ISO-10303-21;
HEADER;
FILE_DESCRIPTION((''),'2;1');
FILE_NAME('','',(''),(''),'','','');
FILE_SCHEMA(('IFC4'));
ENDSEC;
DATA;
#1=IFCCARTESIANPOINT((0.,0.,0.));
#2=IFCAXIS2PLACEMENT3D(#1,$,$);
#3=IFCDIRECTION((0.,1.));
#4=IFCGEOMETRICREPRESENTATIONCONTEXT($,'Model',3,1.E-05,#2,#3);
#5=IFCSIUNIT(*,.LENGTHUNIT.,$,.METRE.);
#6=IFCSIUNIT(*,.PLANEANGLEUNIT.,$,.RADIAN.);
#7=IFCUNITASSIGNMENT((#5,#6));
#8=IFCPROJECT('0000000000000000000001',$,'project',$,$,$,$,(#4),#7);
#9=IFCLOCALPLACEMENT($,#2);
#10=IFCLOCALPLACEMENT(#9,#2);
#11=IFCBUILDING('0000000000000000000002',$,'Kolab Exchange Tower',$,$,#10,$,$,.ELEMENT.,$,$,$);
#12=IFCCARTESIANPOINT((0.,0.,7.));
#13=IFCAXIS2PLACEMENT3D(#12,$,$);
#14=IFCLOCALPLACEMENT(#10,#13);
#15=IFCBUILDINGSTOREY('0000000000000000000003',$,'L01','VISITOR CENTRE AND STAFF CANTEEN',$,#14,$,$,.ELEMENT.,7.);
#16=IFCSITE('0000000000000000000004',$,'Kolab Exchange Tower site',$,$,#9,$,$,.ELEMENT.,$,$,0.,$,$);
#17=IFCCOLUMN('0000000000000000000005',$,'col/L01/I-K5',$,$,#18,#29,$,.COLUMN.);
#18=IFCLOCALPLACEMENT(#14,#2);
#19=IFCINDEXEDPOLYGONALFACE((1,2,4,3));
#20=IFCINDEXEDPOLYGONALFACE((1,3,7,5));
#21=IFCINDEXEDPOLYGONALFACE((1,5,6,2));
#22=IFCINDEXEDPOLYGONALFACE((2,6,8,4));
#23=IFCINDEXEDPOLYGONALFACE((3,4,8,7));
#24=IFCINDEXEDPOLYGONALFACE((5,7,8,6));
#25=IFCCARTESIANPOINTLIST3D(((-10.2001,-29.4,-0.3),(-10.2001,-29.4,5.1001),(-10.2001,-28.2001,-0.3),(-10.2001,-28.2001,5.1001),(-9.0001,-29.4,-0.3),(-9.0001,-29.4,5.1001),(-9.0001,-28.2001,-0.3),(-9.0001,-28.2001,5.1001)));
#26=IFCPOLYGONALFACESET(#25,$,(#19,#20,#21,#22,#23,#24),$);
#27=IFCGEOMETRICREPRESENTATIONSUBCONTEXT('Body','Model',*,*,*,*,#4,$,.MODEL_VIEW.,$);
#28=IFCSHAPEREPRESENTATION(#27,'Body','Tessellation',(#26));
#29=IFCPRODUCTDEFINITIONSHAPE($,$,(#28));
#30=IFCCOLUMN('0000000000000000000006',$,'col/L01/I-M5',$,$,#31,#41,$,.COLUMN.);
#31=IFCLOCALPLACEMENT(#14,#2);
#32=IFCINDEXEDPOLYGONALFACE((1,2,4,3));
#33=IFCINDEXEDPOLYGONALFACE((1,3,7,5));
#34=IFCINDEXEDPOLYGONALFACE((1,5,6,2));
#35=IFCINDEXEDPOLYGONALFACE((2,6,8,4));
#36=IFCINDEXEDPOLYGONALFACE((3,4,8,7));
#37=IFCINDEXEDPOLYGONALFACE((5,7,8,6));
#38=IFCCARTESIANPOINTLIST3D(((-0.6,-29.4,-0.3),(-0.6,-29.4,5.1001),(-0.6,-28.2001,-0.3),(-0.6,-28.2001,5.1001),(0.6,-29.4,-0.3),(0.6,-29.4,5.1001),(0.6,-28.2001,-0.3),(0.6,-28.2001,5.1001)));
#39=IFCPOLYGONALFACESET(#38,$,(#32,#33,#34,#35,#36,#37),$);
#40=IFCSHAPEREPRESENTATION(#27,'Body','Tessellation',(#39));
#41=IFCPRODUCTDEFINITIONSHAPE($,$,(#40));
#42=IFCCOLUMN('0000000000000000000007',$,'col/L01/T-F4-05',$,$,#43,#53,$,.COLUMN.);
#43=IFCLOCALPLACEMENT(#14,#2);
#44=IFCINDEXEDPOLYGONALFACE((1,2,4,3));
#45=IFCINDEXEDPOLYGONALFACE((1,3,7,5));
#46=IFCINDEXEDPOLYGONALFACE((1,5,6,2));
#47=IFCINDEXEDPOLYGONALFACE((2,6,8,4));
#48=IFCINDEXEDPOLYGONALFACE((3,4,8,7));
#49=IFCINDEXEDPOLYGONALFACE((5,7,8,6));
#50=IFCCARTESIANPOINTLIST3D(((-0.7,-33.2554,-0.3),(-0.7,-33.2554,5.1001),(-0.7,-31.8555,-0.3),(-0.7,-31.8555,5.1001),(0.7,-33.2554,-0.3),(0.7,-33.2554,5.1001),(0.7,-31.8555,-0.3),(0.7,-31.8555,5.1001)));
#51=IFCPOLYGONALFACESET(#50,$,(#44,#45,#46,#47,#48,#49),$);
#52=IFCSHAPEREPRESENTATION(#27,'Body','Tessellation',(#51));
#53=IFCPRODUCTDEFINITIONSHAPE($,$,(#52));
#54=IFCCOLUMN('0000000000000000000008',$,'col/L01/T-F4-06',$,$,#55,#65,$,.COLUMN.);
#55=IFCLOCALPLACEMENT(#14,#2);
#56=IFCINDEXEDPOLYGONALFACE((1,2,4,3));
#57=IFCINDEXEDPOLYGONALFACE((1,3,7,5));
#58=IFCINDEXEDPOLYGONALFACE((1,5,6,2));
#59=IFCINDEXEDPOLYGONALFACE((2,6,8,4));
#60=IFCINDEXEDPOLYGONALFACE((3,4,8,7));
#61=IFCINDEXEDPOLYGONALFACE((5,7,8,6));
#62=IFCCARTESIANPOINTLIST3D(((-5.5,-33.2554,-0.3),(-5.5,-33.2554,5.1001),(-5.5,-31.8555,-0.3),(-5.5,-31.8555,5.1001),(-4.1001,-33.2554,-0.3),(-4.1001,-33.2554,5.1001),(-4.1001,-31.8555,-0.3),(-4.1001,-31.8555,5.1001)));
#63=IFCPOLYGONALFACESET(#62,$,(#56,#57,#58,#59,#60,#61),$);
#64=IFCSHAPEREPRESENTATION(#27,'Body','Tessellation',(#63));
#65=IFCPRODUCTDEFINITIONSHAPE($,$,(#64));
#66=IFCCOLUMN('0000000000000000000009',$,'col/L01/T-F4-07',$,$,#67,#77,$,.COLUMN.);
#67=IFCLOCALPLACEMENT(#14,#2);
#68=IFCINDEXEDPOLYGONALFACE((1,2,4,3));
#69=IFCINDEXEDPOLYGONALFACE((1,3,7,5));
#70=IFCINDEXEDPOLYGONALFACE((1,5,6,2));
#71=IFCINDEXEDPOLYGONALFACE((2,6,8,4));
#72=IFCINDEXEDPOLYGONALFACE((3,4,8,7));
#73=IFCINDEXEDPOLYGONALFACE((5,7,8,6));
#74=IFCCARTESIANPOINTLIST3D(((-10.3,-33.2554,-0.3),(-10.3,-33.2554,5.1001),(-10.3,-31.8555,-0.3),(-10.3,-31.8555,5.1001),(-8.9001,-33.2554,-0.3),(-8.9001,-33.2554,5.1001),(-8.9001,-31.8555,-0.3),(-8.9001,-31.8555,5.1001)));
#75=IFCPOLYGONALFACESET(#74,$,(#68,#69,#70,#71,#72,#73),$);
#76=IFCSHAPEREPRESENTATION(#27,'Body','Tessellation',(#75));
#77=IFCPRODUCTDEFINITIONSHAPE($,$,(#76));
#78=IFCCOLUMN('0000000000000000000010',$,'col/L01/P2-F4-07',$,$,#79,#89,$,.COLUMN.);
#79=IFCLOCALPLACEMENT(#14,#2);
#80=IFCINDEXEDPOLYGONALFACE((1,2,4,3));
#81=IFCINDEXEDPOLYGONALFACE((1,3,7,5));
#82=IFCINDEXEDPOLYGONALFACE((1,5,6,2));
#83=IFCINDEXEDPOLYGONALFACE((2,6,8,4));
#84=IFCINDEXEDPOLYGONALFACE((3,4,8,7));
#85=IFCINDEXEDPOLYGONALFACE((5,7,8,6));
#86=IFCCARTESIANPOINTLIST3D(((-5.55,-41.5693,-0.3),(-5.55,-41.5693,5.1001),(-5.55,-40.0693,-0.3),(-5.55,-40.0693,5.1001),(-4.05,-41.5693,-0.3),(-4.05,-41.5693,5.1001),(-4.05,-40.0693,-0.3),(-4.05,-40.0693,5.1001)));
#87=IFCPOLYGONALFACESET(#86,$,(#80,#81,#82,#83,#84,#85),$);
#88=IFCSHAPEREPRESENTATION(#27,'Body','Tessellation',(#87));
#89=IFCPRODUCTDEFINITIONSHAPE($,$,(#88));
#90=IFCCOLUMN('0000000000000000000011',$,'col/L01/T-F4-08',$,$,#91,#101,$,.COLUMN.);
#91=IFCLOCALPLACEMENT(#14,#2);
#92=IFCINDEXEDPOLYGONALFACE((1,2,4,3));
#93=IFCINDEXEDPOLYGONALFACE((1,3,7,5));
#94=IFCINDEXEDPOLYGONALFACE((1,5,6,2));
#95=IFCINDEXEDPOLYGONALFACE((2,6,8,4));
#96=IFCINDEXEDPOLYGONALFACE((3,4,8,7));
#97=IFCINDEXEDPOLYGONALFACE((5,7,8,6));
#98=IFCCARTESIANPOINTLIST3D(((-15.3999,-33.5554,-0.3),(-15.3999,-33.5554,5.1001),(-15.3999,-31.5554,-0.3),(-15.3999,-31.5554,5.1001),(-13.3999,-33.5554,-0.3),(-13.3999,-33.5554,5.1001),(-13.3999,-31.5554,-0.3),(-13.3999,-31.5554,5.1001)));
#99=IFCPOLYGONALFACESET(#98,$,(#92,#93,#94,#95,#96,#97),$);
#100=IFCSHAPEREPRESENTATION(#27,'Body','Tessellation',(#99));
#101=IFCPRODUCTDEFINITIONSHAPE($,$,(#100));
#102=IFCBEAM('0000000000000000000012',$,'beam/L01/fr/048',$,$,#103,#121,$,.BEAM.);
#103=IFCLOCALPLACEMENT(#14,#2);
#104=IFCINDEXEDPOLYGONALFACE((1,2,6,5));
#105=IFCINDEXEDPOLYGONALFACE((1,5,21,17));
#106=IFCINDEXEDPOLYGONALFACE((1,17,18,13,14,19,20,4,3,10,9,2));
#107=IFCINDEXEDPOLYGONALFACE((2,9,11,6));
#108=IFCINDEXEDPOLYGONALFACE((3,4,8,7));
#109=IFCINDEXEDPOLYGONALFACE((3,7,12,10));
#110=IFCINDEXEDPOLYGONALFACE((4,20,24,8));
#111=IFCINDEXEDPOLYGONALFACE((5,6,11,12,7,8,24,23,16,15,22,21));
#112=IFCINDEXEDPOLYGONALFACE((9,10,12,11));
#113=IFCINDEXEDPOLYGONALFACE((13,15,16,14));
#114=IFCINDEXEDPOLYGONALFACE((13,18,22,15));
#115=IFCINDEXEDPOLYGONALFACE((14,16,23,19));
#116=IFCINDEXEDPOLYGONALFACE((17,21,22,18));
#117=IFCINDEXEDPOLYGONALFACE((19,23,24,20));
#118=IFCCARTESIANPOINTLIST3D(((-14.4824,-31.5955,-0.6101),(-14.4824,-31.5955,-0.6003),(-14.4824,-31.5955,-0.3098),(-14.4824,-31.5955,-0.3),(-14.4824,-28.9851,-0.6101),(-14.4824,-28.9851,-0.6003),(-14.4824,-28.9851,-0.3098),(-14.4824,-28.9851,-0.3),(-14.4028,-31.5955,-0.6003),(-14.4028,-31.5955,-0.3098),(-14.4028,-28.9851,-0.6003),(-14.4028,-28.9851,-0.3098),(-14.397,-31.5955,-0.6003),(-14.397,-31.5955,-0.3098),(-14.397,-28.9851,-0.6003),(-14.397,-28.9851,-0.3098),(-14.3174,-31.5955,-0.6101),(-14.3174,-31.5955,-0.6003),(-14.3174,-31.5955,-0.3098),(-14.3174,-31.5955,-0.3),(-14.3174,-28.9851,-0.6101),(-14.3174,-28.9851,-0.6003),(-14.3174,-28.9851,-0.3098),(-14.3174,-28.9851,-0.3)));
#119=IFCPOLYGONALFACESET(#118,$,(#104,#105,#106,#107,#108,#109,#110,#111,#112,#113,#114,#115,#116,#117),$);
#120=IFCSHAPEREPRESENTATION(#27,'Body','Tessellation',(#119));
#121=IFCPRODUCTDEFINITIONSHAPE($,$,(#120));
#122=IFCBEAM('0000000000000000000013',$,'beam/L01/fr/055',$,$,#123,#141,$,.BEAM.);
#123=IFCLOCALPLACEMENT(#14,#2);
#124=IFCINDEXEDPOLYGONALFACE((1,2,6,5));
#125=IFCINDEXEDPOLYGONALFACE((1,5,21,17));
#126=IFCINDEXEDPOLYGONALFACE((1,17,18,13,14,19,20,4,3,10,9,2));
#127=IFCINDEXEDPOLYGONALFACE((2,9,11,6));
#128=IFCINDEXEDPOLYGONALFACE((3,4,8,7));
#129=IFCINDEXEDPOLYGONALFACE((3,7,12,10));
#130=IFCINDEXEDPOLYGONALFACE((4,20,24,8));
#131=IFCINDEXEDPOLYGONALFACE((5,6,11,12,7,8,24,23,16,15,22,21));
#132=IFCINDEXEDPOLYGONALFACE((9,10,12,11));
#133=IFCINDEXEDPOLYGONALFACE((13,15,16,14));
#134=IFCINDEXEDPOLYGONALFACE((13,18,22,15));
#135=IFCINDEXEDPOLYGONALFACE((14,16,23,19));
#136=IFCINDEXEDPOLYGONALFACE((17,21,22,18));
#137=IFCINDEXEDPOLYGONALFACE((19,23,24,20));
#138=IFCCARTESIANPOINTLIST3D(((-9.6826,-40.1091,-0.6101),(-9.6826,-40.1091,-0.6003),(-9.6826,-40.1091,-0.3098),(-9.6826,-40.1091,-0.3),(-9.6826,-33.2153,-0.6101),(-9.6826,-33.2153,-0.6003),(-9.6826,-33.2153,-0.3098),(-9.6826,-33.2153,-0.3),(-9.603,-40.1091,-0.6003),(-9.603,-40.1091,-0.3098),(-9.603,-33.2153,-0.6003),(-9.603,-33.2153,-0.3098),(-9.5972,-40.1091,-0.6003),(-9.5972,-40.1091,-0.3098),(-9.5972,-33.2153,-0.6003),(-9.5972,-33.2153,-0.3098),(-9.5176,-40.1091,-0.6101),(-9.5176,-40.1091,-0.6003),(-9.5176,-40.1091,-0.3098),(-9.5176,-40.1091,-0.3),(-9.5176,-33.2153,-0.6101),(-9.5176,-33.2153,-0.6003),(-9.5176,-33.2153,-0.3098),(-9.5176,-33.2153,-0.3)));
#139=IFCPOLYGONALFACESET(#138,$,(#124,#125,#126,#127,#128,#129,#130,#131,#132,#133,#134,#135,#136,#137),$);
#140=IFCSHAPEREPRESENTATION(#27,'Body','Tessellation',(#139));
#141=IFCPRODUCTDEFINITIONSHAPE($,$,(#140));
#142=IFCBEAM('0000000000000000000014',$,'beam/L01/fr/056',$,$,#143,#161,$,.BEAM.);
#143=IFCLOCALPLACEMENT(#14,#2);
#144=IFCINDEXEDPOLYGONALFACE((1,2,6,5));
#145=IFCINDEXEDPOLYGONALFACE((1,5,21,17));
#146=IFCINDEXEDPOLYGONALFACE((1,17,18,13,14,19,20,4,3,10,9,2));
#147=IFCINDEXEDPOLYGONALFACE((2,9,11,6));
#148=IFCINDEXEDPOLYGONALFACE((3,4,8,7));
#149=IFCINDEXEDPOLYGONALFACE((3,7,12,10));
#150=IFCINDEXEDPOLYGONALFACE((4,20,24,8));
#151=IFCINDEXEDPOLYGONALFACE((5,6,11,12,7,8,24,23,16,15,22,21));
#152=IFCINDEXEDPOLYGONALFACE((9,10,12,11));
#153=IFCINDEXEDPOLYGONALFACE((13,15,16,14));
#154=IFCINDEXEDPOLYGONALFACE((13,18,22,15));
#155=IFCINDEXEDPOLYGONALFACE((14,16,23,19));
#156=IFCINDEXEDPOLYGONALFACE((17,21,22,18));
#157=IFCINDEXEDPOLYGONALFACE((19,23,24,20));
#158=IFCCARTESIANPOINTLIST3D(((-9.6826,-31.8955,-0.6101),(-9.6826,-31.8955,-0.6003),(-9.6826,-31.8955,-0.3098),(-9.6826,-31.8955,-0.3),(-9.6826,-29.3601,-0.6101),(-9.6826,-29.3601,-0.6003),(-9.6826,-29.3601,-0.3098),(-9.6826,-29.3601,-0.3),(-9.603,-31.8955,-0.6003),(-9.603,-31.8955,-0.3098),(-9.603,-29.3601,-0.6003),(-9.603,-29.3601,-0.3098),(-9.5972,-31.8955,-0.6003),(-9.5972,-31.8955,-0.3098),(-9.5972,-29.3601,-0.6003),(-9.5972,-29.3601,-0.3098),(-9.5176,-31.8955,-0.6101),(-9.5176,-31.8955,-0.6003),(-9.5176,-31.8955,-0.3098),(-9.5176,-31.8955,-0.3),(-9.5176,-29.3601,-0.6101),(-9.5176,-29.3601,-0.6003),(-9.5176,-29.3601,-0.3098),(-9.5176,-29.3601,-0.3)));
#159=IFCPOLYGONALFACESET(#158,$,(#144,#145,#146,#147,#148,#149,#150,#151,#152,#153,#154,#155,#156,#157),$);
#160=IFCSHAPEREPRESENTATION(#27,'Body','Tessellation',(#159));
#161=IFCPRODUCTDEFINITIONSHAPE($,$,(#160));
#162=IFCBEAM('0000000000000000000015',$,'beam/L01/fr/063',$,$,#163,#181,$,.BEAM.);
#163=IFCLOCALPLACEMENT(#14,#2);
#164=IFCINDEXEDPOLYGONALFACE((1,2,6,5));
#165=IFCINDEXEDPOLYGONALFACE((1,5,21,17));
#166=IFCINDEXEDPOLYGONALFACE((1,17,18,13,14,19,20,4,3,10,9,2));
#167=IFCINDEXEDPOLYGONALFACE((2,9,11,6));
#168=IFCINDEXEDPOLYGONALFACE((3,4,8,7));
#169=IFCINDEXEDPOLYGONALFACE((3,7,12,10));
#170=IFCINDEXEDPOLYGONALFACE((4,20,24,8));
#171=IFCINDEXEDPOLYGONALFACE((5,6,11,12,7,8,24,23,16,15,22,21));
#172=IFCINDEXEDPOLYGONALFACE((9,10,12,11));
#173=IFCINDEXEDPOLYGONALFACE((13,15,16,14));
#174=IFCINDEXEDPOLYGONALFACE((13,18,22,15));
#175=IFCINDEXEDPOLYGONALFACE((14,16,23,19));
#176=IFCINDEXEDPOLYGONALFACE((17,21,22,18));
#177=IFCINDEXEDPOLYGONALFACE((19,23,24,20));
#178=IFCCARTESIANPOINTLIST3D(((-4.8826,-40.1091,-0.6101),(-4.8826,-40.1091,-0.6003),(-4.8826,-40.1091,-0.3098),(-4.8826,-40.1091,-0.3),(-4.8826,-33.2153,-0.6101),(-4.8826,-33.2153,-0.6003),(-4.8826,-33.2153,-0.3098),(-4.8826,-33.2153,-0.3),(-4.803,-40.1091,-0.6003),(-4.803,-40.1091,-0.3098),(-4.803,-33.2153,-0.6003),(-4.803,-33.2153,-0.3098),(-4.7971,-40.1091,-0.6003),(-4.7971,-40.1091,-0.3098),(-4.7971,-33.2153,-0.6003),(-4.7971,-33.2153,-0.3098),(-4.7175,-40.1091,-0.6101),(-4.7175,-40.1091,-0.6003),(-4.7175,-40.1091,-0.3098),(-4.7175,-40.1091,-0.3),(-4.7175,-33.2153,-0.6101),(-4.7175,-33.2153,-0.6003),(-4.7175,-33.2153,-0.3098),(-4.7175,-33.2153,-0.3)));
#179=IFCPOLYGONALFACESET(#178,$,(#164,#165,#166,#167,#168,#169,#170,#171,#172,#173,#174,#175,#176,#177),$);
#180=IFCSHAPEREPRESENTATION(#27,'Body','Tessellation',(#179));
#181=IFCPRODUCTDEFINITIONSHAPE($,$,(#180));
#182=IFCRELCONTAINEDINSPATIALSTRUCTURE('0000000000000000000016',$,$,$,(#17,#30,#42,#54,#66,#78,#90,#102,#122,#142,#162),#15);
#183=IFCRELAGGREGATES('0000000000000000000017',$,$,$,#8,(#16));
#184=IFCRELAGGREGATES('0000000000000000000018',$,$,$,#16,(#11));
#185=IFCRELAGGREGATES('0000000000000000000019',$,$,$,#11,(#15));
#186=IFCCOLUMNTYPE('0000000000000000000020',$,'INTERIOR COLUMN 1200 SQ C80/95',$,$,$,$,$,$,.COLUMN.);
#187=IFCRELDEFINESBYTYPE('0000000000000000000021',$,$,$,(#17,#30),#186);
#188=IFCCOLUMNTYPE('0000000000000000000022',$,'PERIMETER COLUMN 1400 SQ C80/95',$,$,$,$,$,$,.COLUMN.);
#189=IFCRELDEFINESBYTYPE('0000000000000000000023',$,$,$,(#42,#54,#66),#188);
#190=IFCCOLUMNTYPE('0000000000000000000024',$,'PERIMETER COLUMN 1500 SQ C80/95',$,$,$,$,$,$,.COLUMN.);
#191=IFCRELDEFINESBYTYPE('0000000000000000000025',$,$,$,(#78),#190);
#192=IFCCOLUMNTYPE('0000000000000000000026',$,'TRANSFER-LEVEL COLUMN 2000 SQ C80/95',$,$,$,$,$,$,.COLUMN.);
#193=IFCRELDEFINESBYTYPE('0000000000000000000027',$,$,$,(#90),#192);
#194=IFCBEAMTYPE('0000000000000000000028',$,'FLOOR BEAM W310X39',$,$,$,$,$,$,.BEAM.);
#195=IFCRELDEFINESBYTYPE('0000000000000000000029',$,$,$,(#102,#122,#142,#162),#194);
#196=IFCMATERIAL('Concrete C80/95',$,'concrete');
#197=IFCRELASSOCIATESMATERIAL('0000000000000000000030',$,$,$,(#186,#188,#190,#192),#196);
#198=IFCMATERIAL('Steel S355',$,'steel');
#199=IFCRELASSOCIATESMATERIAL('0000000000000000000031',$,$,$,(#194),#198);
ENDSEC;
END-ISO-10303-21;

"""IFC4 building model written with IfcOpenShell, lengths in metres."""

from ifc_helpers import new_model, si_unit, direction, frame, origin, origin_2d, place, context, subcontext, project, spatial, rectangle, i_section, extrude, material, material_profile, profile_set, type_object, element, save


model = new_model("IFC4")

# Units and contexts
model_context = context("Model", 3, precision=1e-05, world=origin(), true_north=direction((0.0, 1.0)))
body_context = subcontext(model_context, "Body", "Model", "MODEL_VIEW")
ifc_project = project(units=[si_unit("LENGTHUNIT", "METRE"), si_unit("PLANEANGLEUNIT", "RADIAN")], contexts=[model_context])

# Site, building, storey
site_placement = place(None, origin())
site = spatial("IfcSite", under=ifc_project, at=site_placement, Name="Kolab Exchange Tower site", CompositionType="ELEMENT", RefElevation=0.0)
building_placement = place(site_placement, origin())
building = spatial("IfcBuilding", under=site, at=building_placement, Name="Kolab Exchange Tower", CompositionType="ELEMENT")
storey_placement = place(building_placement, frame((0.0, 0.0, 7.0)))
storey = spatial("IfcBuildingStorey", under=building, at=storey_placement, Name="L01", Description="VISITOR CENTRE AND STAFF CANTEEN", CompositionType="ELEMENT", Elevation=7.0)

# Columns
ifc_material_1 = material(Name="Concrete C80/95", Category="concrete")
ifc_material_profile_1 = material_profile(ifc_material_1, rectangle(XDim=1.2, YDim=1.2, at=origin_2d()), Name="RC1200")
ifc_profile_set_1 = profile_set([ifc_material_profile_1], Name="Concrete C80/95")
column_type_1 = type_object("IfcColumnType", Name="INTERIOR COLUMN 1200 SQ C80/95", PredefinedType="COLUMN", material=ifc_profile_set_1)
for number, where, z_axis, x_axis, name in (
    (1, (-9.6001, -28.8, -0.3), (0.0, 0.0, 1.0), (1.0, 0.0, 0.0), "col/L01/I-K5"),
    (2, (0.0, -28.8, -0.3), (0.0, 0.0, 1.0), (1.0, 0.0, 0.0), "col/L01/I-M5"),
):
    element("IfcColumn", number, at=place(storey_placement, frame(where, z_axis=z_axis, x_axis=x_axis)), inside=storey, type_object=column_type_1, Name=name, PredefinedType="COLUMN", context=body_context, shape_type="SweptSolid", body=[
        extrude(rectangle(XDim=1.2, YDim=1.2, at=origin_2d()), origin(), (0.0, 0.0, 1.0), 5.4001),
    ])
ifc_material_profile_2 = material_profile(ifc_material_1, rectangle(XDim=1.3999, YDim=1.3999, at=origin_2d()), Name="RC1400")
ifc_profile_set_2 = profile_set([ifc_material_profile_2], Name="Concrete C80/95")
column_type_2 = type_object("IfcColumnType", Name="PERIMETER COLUMN 1400 SQ C80/95", PredefinedType="COLUMN", material=ifc_profile_set_2)
for number, where, z_axis, x_axis, name in (
    (3, (0.0, -32.5554, -0.3), (0.0, 0.0, 1.0), (1.0, 0.0, 0.0), "col/L01/T-F4-05"),
    (4, (-4.8, -32.5554, -0.3), (0.0, 0.0, 1.0), (1.0, 0.0, 0.0), "col/L01/T-F4-06"),
    (5, (-9.6001, -32.5554, -0.3), (0.0, 0.0, 1.0), (1.0, 0.0, 0.0), "col/L01/T-F4-07"),
):
    element("IfcColumn", number, at=place(storey_placement, frame(where, z_axis=z_axis, x_axis=x_axis)), inside=storey, type_object=column_type_2, Name=name, PredefinedType="COLUMN", context=body_context, shape_type="SweptSolid", body=[
        extrude(rectangle(XDim=1.3999, YDim=1.3999, at=origin_2d()), origin(), (0.0, 0.0, 1.0), 5.4001),
    ])
ifc_material_profile_3 = material_profile(ifc_material_1, rectangle(XDim=1.5, YDim=1.5, at=origin_2d()), Name="RC1500")
ifc_profile_set_3 = profile_set([ifc_material_profile_3], Name="Concrete C80/95")
column_type_3 = type_object("IfcColumnType", Name="PERIMETER COLUMN 1500 SQ C80/95", PredefinedType="COLUMN", material=ifc_profile_set_3)
column_1_placement = place(storey_placement, frame((-4.8, -40.8193, -0.3), z_axis=(0.0, 0.0, 1.0), x_axis=(1.0, 0.0, 0.0)))
element("IfcColumn", 6, at=column_1_placement, inside=storey, type_object=column_type_3, Name="col/L01/P2-F4-07", PredefinedType="COLUMN", context=body_context, shape_type="SweptSolid", body=[
    extrude(rectangle(XDim=1.5, YDim=1.5, at=origin_2d()), origin(), (0.0, 0.0, 1.0), 5.4001),
])
ifc_material_profile_4 = material_profile(ifc_material_1, rectangle(XDim=2.0, YDim=2.0, at=origin_2d()), Name="RC2000")
ifc_profile_set_4 = profile_set([ifc_material_profile_4], Name="Concrete C80/95")
column_type_4 = type_object("IfcColumnType", Name="TRANSFER-LEVEL COLUMN 2000 SQ C80/95", PredefinedType="COLUMN", material=ifc_profile_set_4)
column_2_placement = place(storey_placement, frame((-14.3999, -32.5554, -0.3), z_axis=(0.0, 0.0, 1.0), x_axis=(1.0, 0.0, 0.0)))
element("IfcColumn", 7, at=column_2_placement, inside=storey, type_object=column_type_4, Name="col/L01/T-F4-08", PredefinedType="COLUMN", context=body_context, shape_type="SweptSolid", body=[
    extrude(rectangle(XDim=2.0, YDim=2.0, at=origin_2d()), origin(), (0.0, 0.0, 1.0), 5.4001),
])

# Beams
ifc_material_2 = material(Name="Steel S355", Category="steel")
ifc_material_profile_5 = material_profile(ifc_material_2, i_section(OverallWidth=0.165, OverallDepth=0.3101, WebThickness=0.0059, FlangeThickness=0.0098, at=origin_2d()), Name="W310X39")
ifc_profile_set_5 = profile_set([ifc_material_profile_5], Name="Steel S355")
beam_type_1 = type_object("IfcBeamType", Name="FLOOR BEAM W310X39", PredefinedType="BEAM", material=ifc_profile_set_5)
beam_1_placement = place(storey_placement, frame((-14.3999, -31.5955, -0.4551), z_axis=(0.0, 1.0, 0.0), x_axis=(-1.0, 0.0, 0.0)))
element("IfcBeam", 8, at=beam_1_placement, inside=storey, type_object=beam_type_1, Name="beam/L01/fr/048", PredefinedType="BEAM", context=body_context, shape_type="SweptSolid", body=[
    extrude(i_section(OverallWidth=0.165, OverallDepth=0.3101, WebThickness=0.0059, FlangeThickness=0.0098, at=origin_2d()), origin(), (0.0, 0.0, 1.0), 2.6104),
])
beam_2_placement = place(storey_placement, frame((-9.6001, -40.1091, -0.4551), z_axis=(0.0, 1.0, 0.0), x_axis=(-1.0, 0.0, 0.0)))
element("IfcBeam", 9, at=beam_2_placement, inside=storey, type_object=beam_type_1, Name="beam/L01/fr/055", PredefinedType="BEAM", context=body_context, shape_type="SweptSolid", body=[
    extrude(i_section(OverallWidth=0.165, OverallDepth=0.3101, WebThickness=0.0059, FlangeThickness=0.0098, at=origin_2d()), origin(), (0.0, 0.0, 1.0), 6.8938),
])
beam_3_placement = place(storey_placement, frame((-9.6001, -31.8955, -0.4551), z_axis=(0.0, 1.0, 0.0), x_axis=(-1.0, 0.0, 0.0)))
element("IfcBeam", 10, at=beam_3_placement, inside=storey, type_object=beam_type_1, Name="beam/L01/fr/056", PredefinedType="BEAM", context=body_context, shape_type="SweptSolid", body=[
    extrude(i_section(OverallWidth=0.165, OverallDepth=0.3101, WebThickness=0.0059, FlangeThickness=0.0098, at=origin_2d()), origin(), (0.0, 0.0, 1.0), 2.5354),
])
beam_4_placement = place(storey_placement, frame((-4.8, -40.1091, -0.4551), z_axis=(0.0, 1.0, 0.0), x_axis=(-1.0, 0.0, 0.0)))
element("IfcBeam", 11, at=beam_4_placement, inside=storey, type_object=beam_type_1, Name="beam/L01/fr/063", PredefinedType="BEAM", context=body_context, shape_type="SweptSolid", body=[
    extrude(i_section(OverallWidth=0.165, OverallDepth=0.3101, WebThickness=0.0059, FlangeThickness=0.0098, at=origin_2d()), origin(), (0.0, 0.0, 1.0), 6.8938),
])

save(model, "model.ifc")
